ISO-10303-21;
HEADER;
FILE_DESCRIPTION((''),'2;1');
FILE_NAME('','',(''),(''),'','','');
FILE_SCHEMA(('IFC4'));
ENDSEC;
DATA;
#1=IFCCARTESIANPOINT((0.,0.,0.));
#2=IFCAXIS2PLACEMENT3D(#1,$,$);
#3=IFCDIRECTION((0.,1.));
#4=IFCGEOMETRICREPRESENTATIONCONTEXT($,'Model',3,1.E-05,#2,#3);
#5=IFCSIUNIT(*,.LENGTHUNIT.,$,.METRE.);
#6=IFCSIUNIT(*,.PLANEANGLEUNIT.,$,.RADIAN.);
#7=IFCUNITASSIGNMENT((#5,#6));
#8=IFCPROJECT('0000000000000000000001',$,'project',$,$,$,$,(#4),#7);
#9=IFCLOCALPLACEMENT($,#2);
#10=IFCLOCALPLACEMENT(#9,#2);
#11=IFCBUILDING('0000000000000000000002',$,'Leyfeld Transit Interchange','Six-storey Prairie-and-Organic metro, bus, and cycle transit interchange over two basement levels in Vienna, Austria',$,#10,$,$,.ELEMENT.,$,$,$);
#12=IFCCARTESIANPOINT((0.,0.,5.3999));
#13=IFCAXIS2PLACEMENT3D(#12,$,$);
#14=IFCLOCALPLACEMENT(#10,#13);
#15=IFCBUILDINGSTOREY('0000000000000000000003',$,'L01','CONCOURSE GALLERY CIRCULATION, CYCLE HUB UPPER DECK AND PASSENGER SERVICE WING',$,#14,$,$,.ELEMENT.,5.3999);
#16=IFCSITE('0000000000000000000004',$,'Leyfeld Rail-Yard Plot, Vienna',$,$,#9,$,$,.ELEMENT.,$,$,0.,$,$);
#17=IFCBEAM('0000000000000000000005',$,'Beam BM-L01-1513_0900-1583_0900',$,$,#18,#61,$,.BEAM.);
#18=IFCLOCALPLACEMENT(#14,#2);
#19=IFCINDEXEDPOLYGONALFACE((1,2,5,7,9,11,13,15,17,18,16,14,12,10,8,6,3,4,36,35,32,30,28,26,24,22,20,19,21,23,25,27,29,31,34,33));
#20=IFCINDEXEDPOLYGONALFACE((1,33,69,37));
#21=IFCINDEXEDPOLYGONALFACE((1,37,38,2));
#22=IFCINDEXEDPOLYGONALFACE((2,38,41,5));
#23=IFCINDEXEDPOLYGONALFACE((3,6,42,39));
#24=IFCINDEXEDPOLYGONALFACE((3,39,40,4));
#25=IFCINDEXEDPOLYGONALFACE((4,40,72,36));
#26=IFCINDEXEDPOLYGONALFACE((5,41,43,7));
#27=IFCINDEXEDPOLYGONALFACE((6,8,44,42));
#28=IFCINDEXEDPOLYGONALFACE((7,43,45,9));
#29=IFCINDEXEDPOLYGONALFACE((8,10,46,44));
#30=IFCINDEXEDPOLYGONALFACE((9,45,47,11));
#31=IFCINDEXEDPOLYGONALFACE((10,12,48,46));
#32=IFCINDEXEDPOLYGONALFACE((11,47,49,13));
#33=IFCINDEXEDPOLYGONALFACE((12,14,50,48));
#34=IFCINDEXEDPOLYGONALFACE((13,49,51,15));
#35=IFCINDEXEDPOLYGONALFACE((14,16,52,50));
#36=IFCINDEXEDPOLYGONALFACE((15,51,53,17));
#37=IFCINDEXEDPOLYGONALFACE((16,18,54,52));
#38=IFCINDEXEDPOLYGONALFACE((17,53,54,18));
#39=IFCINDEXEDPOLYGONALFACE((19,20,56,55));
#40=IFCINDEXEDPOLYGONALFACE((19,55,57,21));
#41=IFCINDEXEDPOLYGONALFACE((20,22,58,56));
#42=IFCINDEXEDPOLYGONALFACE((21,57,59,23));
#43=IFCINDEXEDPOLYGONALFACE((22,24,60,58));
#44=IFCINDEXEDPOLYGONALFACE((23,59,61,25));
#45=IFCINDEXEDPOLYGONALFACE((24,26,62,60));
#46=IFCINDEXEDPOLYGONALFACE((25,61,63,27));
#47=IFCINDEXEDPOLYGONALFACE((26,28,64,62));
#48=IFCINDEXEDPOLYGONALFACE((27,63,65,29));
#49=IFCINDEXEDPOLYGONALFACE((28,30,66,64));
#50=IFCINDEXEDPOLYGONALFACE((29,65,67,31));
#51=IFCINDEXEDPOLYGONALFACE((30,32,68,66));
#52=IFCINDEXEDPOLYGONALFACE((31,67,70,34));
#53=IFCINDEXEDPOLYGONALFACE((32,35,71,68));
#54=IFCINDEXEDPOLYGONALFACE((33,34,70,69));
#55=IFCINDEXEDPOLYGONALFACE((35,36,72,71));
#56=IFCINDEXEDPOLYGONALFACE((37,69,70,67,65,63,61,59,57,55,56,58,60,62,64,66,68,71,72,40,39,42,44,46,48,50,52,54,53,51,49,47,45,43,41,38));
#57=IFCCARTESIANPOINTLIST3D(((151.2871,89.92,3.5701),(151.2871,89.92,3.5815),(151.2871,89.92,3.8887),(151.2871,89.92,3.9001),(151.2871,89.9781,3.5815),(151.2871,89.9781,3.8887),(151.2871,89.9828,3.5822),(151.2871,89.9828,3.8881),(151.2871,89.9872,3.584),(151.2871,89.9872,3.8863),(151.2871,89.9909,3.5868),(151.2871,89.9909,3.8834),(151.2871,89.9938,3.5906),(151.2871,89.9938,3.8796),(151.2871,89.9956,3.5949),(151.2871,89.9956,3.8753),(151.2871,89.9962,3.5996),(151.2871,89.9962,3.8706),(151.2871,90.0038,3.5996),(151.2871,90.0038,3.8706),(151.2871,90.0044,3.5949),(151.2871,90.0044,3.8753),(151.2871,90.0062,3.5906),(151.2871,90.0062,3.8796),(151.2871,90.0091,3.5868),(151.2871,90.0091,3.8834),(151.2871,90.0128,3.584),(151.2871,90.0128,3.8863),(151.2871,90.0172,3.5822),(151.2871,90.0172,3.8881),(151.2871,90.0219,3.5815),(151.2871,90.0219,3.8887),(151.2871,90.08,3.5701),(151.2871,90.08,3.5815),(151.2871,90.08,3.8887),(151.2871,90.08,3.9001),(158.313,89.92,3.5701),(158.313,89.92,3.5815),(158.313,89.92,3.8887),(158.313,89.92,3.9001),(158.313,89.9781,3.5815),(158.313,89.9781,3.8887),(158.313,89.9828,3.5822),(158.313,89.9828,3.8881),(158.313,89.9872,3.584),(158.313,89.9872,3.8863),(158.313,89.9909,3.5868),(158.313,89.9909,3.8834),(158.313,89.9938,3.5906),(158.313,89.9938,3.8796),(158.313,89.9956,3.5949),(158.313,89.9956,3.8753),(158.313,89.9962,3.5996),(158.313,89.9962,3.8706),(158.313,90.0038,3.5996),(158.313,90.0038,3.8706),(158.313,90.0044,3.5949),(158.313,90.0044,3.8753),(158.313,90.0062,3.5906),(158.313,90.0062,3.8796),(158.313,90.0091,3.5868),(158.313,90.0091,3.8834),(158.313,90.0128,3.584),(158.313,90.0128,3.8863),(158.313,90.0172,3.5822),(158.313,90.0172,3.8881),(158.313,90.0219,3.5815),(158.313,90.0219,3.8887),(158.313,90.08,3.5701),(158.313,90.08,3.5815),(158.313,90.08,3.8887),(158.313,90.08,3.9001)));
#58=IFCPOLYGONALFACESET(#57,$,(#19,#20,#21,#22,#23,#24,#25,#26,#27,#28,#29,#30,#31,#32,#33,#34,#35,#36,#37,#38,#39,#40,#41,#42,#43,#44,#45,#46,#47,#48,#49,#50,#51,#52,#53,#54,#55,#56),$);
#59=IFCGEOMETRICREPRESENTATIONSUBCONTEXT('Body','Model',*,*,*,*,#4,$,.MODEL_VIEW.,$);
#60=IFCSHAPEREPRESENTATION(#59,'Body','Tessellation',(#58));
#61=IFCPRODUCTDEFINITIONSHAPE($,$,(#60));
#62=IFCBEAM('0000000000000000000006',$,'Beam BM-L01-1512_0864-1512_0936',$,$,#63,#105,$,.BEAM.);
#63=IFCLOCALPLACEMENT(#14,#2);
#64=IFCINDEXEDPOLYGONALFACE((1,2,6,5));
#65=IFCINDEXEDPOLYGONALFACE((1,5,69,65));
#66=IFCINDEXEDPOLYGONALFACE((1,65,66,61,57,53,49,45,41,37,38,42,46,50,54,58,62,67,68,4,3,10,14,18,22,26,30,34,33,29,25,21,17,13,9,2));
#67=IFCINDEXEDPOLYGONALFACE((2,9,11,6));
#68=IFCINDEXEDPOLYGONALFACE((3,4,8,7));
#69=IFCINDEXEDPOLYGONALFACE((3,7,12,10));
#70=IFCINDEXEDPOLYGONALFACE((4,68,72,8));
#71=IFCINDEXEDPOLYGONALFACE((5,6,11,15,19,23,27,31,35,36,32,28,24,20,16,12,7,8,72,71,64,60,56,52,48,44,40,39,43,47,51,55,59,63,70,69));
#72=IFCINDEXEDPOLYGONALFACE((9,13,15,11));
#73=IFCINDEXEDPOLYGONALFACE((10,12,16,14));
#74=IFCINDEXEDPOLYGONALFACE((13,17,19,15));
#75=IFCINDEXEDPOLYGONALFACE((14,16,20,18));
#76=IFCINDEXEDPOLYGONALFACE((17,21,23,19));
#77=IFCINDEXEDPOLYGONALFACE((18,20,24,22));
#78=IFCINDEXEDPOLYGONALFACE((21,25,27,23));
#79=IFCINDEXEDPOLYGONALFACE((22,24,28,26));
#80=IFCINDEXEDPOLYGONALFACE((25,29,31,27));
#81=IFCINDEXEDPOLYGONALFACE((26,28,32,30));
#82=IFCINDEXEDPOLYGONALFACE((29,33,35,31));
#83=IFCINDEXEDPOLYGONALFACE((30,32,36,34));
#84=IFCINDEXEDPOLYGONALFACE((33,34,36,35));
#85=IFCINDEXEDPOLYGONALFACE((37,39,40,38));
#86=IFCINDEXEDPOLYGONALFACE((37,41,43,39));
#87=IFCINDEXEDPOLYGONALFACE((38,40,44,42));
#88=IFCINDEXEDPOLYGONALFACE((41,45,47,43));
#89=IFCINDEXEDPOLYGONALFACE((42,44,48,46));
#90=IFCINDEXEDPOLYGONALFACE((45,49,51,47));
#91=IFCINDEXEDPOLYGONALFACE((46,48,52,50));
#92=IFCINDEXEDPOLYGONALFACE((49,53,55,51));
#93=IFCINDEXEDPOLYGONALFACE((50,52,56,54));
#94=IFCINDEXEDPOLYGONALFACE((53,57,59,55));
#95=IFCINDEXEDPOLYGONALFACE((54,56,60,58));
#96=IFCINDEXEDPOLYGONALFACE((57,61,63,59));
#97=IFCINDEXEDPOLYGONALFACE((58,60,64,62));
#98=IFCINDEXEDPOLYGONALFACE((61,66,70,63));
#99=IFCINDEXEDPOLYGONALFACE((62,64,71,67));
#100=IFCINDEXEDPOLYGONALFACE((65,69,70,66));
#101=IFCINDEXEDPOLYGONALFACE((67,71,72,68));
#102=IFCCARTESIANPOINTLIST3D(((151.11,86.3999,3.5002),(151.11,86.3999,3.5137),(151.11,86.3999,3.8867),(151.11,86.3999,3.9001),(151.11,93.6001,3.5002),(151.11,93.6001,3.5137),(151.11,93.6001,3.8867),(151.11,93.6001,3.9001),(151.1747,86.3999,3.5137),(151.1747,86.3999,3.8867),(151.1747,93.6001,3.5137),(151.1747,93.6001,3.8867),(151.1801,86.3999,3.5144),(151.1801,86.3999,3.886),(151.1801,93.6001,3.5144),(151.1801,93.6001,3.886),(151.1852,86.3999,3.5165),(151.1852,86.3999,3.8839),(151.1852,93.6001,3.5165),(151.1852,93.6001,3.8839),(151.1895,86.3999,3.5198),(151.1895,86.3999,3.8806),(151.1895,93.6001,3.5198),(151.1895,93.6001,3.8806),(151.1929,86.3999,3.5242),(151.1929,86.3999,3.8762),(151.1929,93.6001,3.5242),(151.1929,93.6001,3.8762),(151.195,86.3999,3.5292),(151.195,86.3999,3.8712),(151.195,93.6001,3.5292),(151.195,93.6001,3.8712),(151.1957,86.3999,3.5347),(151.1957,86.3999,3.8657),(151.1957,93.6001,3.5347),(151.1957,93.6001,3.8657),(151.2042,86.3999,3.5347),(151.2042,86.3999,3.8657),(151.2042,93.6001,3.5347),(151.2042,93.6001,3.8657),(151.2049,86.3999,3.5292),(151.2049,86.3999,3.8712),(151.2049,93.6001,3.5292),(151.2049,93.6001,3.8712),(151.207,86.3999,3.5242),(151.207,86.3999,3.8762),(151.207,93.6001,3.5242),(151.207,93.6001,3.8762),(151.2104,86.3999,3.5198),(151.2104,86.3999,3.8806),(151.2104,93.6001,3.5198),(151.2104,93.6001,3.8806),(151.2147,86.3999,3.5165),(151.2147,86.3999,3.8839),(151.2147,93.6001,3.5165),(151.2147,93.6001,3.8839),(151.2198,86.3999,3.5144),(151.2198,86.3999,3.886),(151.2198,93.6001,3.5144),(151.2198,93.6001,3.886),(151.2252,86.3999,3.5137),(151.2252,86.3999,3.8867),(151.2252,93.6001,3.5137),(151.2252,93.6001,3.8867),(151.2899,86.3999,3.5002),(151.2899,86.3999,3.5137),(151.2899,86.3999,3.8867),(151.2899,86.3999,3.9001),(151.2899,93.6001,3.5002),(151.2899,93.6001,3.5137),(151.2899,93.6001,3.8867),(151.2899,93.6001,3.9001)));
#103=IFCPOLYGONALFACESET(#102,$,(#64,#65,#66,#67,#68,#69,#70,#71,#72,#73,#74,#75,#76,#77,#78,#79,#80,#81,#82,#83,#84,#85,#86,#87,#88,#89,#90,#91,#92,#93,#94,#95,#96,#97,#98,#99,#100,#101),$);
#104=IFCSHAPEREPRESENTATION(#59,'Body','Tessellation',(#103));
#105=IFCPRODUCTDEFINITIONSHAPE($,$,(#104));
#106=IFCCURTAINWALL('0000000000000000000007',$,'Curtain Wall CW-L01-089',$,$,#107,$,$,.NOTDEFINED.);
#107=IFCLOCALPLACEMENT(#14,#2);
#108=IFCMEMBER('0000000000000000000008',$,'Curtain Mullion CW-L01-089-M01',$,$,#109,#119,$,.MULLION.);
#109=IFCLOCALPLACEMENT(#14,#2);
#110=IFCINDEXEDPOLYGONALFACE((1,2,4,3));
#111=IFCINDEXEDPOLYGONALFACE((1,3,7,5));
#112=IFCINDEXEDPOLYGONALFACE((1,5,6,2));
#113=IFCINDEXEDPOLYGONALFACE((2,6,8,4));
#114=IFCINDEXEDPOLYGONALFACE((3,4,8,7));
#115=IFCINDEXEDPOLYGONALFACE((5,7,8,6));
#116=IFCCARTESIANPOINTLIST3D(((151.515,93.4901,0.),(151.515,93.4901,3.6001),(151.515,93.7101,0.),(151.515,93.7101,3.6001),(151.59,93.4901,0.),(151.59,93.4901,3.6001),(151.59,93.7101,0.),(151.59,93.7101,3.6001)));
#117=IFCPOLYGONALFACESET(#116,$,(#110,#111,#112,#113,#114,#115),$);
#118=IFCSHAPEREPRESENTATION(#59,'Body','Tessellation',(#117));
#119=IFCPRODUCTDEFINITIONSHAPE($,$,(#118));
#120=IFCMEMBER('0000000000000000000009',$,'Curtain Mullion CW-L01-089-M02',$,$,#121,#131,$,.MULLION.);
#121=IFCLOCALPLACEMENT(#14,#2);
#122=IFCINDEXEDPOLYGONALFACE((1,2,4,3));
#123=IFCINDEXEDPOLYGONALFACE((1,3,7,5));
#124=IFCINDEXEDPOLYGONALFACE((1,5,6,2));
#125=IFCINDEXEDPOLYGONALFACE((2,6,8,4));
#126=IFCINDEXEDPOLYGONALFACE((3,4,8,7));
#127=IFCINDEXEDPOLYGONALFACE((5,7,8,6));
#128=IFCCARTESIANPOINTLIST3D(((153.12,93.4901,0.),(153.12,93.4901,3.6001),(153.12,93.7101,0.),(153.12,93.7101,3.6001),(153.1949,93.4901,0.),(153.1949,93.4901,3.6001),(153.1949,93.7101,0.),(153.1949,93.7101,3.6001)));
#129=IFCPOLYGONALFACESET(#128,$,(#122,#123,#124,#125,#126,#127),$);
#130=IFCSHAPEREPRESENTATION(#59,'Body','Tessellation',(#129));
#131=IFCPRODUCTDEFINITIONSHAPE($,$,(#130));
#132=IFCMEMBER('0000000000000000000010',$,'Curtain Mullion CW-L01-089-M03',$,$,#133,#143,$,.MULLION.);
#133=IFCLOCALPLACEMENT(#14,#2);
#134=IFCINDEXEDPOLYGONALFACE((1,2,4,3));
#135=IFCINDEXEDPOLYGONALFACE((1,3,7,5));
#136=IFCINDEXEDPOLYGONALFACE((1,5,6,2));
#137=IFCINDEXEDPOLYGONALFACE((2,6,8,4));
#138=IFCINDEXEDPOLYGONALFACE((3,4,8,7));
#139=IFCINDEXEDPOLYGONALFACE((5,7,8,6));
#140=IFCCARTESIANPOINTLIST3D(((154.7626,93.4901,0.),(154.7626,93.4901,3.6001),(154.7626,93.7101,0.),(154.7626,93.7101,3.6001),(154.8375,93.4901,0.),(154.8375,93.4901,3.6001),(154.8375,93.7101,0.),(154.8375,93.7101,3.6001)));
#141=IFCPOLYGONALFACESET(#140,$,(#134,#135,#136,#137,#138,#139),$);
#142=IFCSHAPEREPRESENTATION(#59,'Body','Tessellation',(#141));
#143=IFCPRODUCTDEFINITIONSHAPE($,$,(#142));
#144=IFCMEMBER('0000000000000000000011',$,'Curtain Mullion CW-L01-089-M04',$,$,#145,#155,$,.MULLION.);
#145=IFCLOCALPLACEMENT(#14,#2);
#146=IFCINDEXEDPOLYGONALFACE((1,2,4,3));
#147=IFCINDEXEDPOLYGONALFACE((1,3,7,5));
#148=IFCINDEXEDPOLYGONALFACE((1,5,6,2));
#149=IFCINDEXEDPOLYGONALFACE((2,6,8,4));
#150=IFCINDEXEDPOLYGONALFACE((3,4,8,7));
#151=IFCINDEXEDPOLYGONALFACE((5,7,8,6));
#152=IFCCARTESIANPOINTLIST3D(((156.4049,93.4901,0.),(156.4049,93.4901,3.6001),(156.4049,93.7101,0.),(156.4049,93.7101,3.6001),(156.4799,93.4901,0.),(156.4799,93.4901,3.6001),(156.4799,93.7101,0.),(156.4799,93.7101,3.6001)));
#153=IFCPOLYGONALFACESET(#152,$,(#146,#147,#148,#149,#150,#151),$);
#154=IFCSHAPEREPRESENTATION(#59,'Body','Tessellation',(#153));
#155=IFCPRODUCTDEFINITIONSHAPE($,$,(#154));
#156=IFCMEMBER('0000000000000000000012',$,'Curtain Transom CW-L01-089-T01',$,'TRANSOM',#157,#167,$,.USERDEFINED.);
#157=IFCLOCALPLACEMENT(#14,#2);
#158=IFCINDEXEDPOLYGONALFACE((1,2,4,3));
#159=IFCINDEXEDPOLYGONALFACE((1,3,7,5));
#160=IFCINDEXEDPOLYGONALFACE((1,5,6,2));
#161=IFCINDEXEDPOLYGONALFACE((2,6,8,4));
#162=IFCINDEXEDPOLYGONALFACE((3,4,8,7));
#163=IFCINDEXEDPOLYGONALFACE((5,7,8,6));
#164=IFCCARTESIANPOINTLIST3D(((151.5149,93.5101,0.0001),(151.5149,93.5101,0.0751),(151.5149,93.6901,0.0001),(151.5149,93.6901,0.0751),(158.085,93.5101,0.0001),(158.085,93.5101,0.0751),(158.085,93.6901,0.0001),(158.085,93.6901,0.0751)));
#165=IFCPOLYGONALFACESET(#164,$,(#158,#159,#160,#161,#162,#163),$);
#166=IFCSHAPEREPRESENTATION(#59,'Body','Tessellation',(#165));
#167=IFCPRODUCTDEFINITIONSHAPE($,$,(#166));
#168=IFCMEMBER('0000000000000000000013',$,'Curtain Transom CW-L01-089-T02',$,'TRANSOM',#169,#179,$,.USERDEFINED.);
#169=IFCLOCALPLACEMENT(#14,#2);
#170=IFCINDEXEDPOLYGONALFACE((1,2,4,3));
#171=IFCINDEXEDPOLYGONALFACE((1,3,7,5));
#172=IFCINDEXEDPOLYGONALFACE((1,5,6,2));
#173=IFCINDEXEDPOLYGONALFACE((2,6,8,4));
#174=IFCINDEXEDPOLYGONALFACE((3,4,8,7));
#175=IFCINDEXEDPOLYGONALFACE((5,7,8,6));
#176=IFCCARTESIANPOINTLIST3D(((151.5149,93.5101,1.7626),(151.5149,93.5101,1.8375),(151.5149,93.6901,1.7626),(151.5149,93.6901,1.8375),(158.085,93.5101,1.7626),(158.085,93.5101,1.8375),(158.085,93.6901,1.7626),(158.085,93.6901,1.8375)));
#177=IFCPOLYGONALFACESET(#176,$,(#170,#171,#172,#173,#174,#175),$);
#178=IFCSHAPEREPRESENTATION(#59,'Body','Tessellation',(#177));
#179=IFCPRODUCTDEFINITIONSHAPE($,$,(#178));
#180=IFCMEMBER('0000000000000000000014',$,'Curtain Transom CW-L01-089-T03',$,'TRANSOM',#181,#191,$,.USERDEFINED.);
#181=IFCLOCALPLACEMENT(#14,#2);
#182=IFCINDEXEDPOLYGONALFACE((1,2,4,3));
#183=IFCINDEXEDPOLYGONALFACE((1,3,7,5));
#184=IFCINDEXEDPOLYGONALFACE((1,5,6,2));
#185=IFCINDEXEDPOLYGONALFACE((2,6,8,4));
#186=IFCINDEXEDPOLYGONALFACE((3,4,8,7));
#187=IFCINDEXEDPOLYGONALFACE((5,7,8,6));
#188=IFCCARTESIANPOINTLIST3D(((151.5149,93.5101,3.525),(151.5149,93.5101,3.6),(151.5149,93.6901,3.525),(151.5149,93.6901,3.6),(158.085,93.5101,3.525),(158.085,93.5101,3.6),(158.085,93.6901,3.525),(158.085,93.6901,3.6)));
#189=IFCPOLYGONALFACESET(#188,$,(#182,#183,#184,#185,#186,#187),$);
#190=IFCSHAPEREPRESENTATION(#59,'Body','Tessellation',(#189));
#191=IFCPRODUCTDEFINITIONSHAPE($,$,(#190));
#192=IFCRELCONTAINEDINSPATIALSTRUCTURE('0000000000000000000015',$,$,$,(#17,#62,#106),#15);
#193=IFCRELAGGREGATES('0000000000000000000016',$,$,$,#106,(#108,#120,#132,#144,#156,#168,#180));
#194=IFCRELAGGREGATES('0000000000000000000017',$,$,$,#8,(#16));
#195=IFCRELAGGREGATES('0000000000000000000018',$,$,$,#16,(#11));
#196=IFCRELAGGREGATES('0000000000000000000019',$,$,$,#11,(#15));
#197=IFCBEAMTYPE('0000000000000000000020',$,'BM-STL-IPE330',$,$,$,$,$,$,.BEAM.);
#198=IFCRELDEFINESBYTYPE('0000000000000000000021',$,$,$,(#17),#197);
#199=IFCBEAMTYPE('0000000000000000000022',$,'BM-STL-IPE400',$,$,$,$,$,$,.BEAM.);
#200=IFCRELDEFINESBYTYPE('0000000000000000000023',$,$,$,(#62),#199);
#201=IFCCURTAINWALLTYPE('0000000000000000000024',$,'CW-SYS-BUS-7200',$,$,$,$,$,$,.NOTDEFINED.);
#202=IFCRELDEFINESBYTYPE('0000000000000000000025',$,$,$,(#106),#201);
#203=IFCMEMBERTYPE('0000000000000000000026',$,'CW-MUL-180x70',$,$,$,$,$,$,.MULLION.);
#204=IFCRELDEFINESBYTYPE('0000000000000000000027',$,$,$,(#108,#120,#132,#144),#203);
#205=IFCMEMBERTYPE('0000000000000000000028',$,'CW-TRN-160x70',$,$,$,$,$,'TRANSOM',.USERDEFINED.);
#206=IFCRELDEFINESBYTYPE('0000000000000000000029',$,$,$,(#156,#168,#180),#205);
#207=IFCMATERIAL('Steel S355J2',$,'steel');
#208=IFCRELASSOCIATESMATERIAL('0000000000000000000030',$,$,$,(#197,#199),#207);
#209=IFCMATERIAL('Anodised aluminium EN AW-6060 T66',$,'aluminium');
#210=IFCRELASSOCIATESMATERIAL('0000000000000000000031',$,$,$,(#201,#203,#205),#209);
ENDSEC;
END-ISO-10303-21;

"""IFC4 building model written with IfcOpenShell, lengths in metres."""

from ifc_helpers import new_model, si_unit, direction, frame, origin, origin_2d, place, context, subcontext, project, spatial, rectangle, i_section, extrude, material, material_profile, profile_set, type_object, element, aggregate, save


model = new_model("IFC4")

# Units and contexts
model_context = context("Model", 3, precision=1e-05, world=origin(), true_north=direction((0.0, 1.0)))
body_context = subcontext(model_context, "Body", "Model", "MODEL_VIEW")
ifc_project = project(units=[si_unit("LENGTHUNIT", "METRE"), si_unit("PLANEANGLEUNIT", "RADIAN")], contexts=[model_context])

# Site, building, storey
site_placement = place(None, origin())
site = spatial("IfcSite", under=ifc_project, at=site_placement, Name="Leyfeld Rail-Yard Plot, Vienna", CompositionType="ELEMENT", RefElevation=0.0)
building_placement = place(site_placement, origin())
building = spatial("IfcBuilding", under=site, at=building_placement, Name="Leyfeld Transit Interchange", Description="Six-storey Prairie-and-Organic metro, bus, and cycle transit interchange over two basement levels in Vienna, Austria", CompositionType="ELEMENT")
storey_placement = place(building_placement, frame((0.0, 0.0, 5.3999)))
storey = spatial("IfcBuildingStorey", under=building, at=storey_placement, Name="L01", Description="CONCOURSE GALLERY CIRCULATION, CYCLE HUB UPPER DECK AND PASSENGER SERVICE WING", CompositionType="ELEMENT", Elevation=5.3999)

# Beams
ifc_material_1 = material(Name="Steel S355J2", Category="steel")
ifc_material_profile_1 = material_profile(ifc_material_1, i_section(OverallWidth=0.1599, OverallDepth=0.3301, WebThickness=0.0076, FlangeThickness=0.0115, FilletRadius=0.0181, at=origin_2d()), Name="IPE 330")
ifc_profile_set_1 = profile_set([ifc_material_profile_1], Name="Steel S355J2")
beam_type_1 = type_object("IfcBeamType", Name="BM-STL-IPE330", PredefinedType="BEAM", material=ifc_profile_set_1)
for number, where, z_axis, x_axis, name in (
    (1, (151.2871, 90.0, 3.7351), (1.0, 0.0, 0.0), (0.0, 1.0, 0.0), "Beam BM-L01-1513_0900-1583_0900"),
):
    element("IfcBeam", number, at=place(storey_placement, frame(where, z_axis=z_axis, x_axis=x_axis)), inside=storey, type_object=beam_type_1, Name=name, PredefinedType="BEAM", context=body_context, shape_type="SweptSolid", body=[
        extrude(i_section(OverallWidth=0.1599, OverallDepth=0.3301, WebThickness=0.0076, FlangeThickness=0.0115, FilletRadius=0.0181, at=origin_2d()), origin(), (0.0, 0.0, 1.0), 7.0259),
    ])
ifc_material_profile_2 = material_profile(ifc_material_1, i_section(OverallWidth=0.1799, OverallDepth=0.3999, WebThickness=0.0085, FlangeThickness=0.0134, FilletRadius=0.021, at=origin_2d()), Name="IPE 400")
ifc_profile_set_2 = profile_set([ifc_material_profile_2], Name="Steel S355J2")
beam_type_2 = type_object("IfcBeamType", Name="BM-STL-IPE400", PredefinedType="BEAM", material=ifc_profile_set_2)
beam_1_placement = place(storey_placement, frame((151.2, 86.3999, 3.7002), z_axis=(0.0, 1.0, 0.0), x_axis=(-1.0, 0.0, 0.0)))
element("IfcBeam", 2, at=beam_1_placement, inside=storey, type_object=beam_type_2, Name="Beam BM-L01-1512_0864-1512_0936", PredefinedType="BEAM", context=body_context, shape_type="SweptSolid", body=[
    extrude(i_section(OverallWidth=0.1799, OverallDepth=0.3999, WebThickness=0.0085, FlangeThickness=0.0134, FilletRadius=0.021, at=origin_2d()), origin(), (0.0, 0.0, 1.0), 7.2002),
])

# Curtain wall, members
ifc_material_2 = material(Name="Anodised aluminium EN AW-6060 T66", Category="aluminium")
curtain_wall_type = type_object("IfcCurtainWallType", Name="CW-SYS-BUS-7200", PredefinedType="NOTDEFINED", material=ifc_material_2)
curtain_wall_placement = place(storey_placement, origin())
curtain_wall = element("IfcCurtainWall", 3, at=curtain_wall_placement, inside=storey, type_object=curtain_wall_type, Name="Curtain Wall CW-L01-089", PredefinedType="NOTDEFINED")
ifc_material_profile_3 = material_profile(ifc_material_2, rectangle(XDim=0.075, YDim=0.22, at=origin_2d()), Name="CW-M 75x220")
ifc_profile_set_3 = profile_set([ifc_material_profile_3], Name="Anodised aluminium EN AW-6060 T66")
member_type_1 = type_object("IfcMemberType", Name="CW-MUL-180x70", PredefinedType="MULLION", material=ifc_profile_set_3)
member_1_placement = place(storey_placement, frame((151.5525, 93.6001, 0.0), z_axis=(0.0, 0.0, 1.0), x_axis=(1.0, 0.0, 0.0)))
member_1 = element("IfcMember", 4, at=member_1_placement, type_object=member_type_1, Name="Curtain Mullion CW-L01-089-M01", PredefinedType="MULLION", context=body_context, shape_type="SweptSolid", body=[
    extrude(rectangle(XDim=0.075, YDim=0.22, at=origin_2d()), origin(), (0.0, 0.0, 1.0), 3.6001),
])
member_2_placement = place(storey_placement, frame((153.1575, 93.6001, 0.0), z_axis=(0.0, 0.0, 1.0), x_axis=(1.0, 0.0, 0.0)))
member_2 = element("IfcMember", 5, at=member_2_placement, type_object=member_type_1, Name="Curtain Mullion CW-L01-089-M02", PredefinedType="MULLION", context=body_context, shape_type="SweptSolid", body=[
    extrude(rectangle(XDim=0.075, YDim=0.22, at=origin_2d()), origin(), (0.0, 0.0, 1.0), 3.6001),
])
member_3_placement = place(storey_placement, frame((154.8, 93.6001, 0.0), z_axis=(0.0, 0.0, 1.0), x_axis=(1.0, 0.0, 0.0)))
member_3 = element("IfcMember", 6, at=member_3_placement, type_object=member_type_1, Name="Curtain Mullion CW-L01-089-M03", PredefinedType="MULLION", context=body_context, shape_type="SweptSolid", body=[
    extrude(rectangle(XDim=0.075, YDim=0.22, at=origin_2d()), origin(), (0.0, 0.0, 1.0), 3.6001),
])
member_4_placement = place(storey_placement, frame((156.4424, 93.6001, 0.0), z_axis=(0.0, 0.0, 1.0), x_axis=(1.0, 0.0, 0.0)))
member_4 = element("IfcMember", 7, at=member_4_placement, type_object=member_type_1, Name="Curtain Mullion CW-L01-089-M04", PredefinedType="MULLION", context=body_context, shape_type="SweptSolid", body=[
    extrude(rectangle(XDim=0.075, YDim=0.22, at=origin_2d()), origin(), (0.0, 0.0, 1.0), 3.6001),
])
ifc_material_profile_4 = material_profile(ifc_material_2, rectangle(XDim=0.1799, YDim=0.075, at=origin_2d()), Name="CW-TRN-160x70")
ifc_profile_set_4 = profile_set([ifc_material_profile_4], Name="Anodised aluminium EN AW-6060 T66")
member_type_2 = type_object("IfcMemberType", Name="CW-TRN-160x70", ElementType="TRANSOM", PredefinedType="USERDEFINED", material=ifc_profile_set_4)
member_5_placement = place(storey_placement, frame((151.5149, 93.6001, 0.0376), z_axis=(1.0, 0.0, 0.0), x_axis=(0.0, 1.0, 0.0)))
member_5 = element("IfcMember", 8, at=member_5_placement, type_object=member_type_2, Name="Curtain Transom CW-L01-089-T01", ObjectType="TRANSOM", PredefinedType="USERDEFINED", context=body_context, shape_type="SweptSolid", body=[
    extrude(rectangle(XDim=0.1799, YDim=0.075, at=origin_2d()), origin(), (0.0, 0.0, 1.0), 6.5701),
])
member_6_placement = place(storey_placement, frame((151.5149, 93.6001, 1.8), z_axis=(1.0, 0.0, 0.0), x_axis=(0.0, 1.0, 0.0)))
member_6 = element("IfcMember", 9, at=member_6_placement, type_object=member_type_2, Name="Curtain Transom CW-L01-089-T02", ObjectType="TRANSOM", PredefinedType="USERDEFINED", context=body_context, shape_type="SweptSolid", body=[
    extrude(rectangle(XDim=0.1799, YDim=0.075, at=origin_2d()), origin(), (0.0, 0.0, 1.0), 6.5701),
])
member_7_placement = place(storey_placement, frame((151.5149, 93.6001, 3.5625), z_axis=(1.0, 0.0, 0.0), x_axis=(0.0, 1.0, 0.0)))
member_7 = element("IfcMember", 10, at=member_7_placement, type_object=member_type_2, Name="Curtain Transom CW-L01-089-T03", ObjectType="TRANSOM", PredefinedType="USERDEFINED", context=body_context, shape_type="SweptSolid", body=[
    extrude(rectangle(XDim=0.1799, YDim=0.075, at=origin_2d()), origin(), (0.0, 0.0, 1.0), 6.5701),
])
aggregate(curtain_wall, [member_1, member_2, member_3, member_4, member_5, member_6, member_7])

save(model, "model.ifc")
